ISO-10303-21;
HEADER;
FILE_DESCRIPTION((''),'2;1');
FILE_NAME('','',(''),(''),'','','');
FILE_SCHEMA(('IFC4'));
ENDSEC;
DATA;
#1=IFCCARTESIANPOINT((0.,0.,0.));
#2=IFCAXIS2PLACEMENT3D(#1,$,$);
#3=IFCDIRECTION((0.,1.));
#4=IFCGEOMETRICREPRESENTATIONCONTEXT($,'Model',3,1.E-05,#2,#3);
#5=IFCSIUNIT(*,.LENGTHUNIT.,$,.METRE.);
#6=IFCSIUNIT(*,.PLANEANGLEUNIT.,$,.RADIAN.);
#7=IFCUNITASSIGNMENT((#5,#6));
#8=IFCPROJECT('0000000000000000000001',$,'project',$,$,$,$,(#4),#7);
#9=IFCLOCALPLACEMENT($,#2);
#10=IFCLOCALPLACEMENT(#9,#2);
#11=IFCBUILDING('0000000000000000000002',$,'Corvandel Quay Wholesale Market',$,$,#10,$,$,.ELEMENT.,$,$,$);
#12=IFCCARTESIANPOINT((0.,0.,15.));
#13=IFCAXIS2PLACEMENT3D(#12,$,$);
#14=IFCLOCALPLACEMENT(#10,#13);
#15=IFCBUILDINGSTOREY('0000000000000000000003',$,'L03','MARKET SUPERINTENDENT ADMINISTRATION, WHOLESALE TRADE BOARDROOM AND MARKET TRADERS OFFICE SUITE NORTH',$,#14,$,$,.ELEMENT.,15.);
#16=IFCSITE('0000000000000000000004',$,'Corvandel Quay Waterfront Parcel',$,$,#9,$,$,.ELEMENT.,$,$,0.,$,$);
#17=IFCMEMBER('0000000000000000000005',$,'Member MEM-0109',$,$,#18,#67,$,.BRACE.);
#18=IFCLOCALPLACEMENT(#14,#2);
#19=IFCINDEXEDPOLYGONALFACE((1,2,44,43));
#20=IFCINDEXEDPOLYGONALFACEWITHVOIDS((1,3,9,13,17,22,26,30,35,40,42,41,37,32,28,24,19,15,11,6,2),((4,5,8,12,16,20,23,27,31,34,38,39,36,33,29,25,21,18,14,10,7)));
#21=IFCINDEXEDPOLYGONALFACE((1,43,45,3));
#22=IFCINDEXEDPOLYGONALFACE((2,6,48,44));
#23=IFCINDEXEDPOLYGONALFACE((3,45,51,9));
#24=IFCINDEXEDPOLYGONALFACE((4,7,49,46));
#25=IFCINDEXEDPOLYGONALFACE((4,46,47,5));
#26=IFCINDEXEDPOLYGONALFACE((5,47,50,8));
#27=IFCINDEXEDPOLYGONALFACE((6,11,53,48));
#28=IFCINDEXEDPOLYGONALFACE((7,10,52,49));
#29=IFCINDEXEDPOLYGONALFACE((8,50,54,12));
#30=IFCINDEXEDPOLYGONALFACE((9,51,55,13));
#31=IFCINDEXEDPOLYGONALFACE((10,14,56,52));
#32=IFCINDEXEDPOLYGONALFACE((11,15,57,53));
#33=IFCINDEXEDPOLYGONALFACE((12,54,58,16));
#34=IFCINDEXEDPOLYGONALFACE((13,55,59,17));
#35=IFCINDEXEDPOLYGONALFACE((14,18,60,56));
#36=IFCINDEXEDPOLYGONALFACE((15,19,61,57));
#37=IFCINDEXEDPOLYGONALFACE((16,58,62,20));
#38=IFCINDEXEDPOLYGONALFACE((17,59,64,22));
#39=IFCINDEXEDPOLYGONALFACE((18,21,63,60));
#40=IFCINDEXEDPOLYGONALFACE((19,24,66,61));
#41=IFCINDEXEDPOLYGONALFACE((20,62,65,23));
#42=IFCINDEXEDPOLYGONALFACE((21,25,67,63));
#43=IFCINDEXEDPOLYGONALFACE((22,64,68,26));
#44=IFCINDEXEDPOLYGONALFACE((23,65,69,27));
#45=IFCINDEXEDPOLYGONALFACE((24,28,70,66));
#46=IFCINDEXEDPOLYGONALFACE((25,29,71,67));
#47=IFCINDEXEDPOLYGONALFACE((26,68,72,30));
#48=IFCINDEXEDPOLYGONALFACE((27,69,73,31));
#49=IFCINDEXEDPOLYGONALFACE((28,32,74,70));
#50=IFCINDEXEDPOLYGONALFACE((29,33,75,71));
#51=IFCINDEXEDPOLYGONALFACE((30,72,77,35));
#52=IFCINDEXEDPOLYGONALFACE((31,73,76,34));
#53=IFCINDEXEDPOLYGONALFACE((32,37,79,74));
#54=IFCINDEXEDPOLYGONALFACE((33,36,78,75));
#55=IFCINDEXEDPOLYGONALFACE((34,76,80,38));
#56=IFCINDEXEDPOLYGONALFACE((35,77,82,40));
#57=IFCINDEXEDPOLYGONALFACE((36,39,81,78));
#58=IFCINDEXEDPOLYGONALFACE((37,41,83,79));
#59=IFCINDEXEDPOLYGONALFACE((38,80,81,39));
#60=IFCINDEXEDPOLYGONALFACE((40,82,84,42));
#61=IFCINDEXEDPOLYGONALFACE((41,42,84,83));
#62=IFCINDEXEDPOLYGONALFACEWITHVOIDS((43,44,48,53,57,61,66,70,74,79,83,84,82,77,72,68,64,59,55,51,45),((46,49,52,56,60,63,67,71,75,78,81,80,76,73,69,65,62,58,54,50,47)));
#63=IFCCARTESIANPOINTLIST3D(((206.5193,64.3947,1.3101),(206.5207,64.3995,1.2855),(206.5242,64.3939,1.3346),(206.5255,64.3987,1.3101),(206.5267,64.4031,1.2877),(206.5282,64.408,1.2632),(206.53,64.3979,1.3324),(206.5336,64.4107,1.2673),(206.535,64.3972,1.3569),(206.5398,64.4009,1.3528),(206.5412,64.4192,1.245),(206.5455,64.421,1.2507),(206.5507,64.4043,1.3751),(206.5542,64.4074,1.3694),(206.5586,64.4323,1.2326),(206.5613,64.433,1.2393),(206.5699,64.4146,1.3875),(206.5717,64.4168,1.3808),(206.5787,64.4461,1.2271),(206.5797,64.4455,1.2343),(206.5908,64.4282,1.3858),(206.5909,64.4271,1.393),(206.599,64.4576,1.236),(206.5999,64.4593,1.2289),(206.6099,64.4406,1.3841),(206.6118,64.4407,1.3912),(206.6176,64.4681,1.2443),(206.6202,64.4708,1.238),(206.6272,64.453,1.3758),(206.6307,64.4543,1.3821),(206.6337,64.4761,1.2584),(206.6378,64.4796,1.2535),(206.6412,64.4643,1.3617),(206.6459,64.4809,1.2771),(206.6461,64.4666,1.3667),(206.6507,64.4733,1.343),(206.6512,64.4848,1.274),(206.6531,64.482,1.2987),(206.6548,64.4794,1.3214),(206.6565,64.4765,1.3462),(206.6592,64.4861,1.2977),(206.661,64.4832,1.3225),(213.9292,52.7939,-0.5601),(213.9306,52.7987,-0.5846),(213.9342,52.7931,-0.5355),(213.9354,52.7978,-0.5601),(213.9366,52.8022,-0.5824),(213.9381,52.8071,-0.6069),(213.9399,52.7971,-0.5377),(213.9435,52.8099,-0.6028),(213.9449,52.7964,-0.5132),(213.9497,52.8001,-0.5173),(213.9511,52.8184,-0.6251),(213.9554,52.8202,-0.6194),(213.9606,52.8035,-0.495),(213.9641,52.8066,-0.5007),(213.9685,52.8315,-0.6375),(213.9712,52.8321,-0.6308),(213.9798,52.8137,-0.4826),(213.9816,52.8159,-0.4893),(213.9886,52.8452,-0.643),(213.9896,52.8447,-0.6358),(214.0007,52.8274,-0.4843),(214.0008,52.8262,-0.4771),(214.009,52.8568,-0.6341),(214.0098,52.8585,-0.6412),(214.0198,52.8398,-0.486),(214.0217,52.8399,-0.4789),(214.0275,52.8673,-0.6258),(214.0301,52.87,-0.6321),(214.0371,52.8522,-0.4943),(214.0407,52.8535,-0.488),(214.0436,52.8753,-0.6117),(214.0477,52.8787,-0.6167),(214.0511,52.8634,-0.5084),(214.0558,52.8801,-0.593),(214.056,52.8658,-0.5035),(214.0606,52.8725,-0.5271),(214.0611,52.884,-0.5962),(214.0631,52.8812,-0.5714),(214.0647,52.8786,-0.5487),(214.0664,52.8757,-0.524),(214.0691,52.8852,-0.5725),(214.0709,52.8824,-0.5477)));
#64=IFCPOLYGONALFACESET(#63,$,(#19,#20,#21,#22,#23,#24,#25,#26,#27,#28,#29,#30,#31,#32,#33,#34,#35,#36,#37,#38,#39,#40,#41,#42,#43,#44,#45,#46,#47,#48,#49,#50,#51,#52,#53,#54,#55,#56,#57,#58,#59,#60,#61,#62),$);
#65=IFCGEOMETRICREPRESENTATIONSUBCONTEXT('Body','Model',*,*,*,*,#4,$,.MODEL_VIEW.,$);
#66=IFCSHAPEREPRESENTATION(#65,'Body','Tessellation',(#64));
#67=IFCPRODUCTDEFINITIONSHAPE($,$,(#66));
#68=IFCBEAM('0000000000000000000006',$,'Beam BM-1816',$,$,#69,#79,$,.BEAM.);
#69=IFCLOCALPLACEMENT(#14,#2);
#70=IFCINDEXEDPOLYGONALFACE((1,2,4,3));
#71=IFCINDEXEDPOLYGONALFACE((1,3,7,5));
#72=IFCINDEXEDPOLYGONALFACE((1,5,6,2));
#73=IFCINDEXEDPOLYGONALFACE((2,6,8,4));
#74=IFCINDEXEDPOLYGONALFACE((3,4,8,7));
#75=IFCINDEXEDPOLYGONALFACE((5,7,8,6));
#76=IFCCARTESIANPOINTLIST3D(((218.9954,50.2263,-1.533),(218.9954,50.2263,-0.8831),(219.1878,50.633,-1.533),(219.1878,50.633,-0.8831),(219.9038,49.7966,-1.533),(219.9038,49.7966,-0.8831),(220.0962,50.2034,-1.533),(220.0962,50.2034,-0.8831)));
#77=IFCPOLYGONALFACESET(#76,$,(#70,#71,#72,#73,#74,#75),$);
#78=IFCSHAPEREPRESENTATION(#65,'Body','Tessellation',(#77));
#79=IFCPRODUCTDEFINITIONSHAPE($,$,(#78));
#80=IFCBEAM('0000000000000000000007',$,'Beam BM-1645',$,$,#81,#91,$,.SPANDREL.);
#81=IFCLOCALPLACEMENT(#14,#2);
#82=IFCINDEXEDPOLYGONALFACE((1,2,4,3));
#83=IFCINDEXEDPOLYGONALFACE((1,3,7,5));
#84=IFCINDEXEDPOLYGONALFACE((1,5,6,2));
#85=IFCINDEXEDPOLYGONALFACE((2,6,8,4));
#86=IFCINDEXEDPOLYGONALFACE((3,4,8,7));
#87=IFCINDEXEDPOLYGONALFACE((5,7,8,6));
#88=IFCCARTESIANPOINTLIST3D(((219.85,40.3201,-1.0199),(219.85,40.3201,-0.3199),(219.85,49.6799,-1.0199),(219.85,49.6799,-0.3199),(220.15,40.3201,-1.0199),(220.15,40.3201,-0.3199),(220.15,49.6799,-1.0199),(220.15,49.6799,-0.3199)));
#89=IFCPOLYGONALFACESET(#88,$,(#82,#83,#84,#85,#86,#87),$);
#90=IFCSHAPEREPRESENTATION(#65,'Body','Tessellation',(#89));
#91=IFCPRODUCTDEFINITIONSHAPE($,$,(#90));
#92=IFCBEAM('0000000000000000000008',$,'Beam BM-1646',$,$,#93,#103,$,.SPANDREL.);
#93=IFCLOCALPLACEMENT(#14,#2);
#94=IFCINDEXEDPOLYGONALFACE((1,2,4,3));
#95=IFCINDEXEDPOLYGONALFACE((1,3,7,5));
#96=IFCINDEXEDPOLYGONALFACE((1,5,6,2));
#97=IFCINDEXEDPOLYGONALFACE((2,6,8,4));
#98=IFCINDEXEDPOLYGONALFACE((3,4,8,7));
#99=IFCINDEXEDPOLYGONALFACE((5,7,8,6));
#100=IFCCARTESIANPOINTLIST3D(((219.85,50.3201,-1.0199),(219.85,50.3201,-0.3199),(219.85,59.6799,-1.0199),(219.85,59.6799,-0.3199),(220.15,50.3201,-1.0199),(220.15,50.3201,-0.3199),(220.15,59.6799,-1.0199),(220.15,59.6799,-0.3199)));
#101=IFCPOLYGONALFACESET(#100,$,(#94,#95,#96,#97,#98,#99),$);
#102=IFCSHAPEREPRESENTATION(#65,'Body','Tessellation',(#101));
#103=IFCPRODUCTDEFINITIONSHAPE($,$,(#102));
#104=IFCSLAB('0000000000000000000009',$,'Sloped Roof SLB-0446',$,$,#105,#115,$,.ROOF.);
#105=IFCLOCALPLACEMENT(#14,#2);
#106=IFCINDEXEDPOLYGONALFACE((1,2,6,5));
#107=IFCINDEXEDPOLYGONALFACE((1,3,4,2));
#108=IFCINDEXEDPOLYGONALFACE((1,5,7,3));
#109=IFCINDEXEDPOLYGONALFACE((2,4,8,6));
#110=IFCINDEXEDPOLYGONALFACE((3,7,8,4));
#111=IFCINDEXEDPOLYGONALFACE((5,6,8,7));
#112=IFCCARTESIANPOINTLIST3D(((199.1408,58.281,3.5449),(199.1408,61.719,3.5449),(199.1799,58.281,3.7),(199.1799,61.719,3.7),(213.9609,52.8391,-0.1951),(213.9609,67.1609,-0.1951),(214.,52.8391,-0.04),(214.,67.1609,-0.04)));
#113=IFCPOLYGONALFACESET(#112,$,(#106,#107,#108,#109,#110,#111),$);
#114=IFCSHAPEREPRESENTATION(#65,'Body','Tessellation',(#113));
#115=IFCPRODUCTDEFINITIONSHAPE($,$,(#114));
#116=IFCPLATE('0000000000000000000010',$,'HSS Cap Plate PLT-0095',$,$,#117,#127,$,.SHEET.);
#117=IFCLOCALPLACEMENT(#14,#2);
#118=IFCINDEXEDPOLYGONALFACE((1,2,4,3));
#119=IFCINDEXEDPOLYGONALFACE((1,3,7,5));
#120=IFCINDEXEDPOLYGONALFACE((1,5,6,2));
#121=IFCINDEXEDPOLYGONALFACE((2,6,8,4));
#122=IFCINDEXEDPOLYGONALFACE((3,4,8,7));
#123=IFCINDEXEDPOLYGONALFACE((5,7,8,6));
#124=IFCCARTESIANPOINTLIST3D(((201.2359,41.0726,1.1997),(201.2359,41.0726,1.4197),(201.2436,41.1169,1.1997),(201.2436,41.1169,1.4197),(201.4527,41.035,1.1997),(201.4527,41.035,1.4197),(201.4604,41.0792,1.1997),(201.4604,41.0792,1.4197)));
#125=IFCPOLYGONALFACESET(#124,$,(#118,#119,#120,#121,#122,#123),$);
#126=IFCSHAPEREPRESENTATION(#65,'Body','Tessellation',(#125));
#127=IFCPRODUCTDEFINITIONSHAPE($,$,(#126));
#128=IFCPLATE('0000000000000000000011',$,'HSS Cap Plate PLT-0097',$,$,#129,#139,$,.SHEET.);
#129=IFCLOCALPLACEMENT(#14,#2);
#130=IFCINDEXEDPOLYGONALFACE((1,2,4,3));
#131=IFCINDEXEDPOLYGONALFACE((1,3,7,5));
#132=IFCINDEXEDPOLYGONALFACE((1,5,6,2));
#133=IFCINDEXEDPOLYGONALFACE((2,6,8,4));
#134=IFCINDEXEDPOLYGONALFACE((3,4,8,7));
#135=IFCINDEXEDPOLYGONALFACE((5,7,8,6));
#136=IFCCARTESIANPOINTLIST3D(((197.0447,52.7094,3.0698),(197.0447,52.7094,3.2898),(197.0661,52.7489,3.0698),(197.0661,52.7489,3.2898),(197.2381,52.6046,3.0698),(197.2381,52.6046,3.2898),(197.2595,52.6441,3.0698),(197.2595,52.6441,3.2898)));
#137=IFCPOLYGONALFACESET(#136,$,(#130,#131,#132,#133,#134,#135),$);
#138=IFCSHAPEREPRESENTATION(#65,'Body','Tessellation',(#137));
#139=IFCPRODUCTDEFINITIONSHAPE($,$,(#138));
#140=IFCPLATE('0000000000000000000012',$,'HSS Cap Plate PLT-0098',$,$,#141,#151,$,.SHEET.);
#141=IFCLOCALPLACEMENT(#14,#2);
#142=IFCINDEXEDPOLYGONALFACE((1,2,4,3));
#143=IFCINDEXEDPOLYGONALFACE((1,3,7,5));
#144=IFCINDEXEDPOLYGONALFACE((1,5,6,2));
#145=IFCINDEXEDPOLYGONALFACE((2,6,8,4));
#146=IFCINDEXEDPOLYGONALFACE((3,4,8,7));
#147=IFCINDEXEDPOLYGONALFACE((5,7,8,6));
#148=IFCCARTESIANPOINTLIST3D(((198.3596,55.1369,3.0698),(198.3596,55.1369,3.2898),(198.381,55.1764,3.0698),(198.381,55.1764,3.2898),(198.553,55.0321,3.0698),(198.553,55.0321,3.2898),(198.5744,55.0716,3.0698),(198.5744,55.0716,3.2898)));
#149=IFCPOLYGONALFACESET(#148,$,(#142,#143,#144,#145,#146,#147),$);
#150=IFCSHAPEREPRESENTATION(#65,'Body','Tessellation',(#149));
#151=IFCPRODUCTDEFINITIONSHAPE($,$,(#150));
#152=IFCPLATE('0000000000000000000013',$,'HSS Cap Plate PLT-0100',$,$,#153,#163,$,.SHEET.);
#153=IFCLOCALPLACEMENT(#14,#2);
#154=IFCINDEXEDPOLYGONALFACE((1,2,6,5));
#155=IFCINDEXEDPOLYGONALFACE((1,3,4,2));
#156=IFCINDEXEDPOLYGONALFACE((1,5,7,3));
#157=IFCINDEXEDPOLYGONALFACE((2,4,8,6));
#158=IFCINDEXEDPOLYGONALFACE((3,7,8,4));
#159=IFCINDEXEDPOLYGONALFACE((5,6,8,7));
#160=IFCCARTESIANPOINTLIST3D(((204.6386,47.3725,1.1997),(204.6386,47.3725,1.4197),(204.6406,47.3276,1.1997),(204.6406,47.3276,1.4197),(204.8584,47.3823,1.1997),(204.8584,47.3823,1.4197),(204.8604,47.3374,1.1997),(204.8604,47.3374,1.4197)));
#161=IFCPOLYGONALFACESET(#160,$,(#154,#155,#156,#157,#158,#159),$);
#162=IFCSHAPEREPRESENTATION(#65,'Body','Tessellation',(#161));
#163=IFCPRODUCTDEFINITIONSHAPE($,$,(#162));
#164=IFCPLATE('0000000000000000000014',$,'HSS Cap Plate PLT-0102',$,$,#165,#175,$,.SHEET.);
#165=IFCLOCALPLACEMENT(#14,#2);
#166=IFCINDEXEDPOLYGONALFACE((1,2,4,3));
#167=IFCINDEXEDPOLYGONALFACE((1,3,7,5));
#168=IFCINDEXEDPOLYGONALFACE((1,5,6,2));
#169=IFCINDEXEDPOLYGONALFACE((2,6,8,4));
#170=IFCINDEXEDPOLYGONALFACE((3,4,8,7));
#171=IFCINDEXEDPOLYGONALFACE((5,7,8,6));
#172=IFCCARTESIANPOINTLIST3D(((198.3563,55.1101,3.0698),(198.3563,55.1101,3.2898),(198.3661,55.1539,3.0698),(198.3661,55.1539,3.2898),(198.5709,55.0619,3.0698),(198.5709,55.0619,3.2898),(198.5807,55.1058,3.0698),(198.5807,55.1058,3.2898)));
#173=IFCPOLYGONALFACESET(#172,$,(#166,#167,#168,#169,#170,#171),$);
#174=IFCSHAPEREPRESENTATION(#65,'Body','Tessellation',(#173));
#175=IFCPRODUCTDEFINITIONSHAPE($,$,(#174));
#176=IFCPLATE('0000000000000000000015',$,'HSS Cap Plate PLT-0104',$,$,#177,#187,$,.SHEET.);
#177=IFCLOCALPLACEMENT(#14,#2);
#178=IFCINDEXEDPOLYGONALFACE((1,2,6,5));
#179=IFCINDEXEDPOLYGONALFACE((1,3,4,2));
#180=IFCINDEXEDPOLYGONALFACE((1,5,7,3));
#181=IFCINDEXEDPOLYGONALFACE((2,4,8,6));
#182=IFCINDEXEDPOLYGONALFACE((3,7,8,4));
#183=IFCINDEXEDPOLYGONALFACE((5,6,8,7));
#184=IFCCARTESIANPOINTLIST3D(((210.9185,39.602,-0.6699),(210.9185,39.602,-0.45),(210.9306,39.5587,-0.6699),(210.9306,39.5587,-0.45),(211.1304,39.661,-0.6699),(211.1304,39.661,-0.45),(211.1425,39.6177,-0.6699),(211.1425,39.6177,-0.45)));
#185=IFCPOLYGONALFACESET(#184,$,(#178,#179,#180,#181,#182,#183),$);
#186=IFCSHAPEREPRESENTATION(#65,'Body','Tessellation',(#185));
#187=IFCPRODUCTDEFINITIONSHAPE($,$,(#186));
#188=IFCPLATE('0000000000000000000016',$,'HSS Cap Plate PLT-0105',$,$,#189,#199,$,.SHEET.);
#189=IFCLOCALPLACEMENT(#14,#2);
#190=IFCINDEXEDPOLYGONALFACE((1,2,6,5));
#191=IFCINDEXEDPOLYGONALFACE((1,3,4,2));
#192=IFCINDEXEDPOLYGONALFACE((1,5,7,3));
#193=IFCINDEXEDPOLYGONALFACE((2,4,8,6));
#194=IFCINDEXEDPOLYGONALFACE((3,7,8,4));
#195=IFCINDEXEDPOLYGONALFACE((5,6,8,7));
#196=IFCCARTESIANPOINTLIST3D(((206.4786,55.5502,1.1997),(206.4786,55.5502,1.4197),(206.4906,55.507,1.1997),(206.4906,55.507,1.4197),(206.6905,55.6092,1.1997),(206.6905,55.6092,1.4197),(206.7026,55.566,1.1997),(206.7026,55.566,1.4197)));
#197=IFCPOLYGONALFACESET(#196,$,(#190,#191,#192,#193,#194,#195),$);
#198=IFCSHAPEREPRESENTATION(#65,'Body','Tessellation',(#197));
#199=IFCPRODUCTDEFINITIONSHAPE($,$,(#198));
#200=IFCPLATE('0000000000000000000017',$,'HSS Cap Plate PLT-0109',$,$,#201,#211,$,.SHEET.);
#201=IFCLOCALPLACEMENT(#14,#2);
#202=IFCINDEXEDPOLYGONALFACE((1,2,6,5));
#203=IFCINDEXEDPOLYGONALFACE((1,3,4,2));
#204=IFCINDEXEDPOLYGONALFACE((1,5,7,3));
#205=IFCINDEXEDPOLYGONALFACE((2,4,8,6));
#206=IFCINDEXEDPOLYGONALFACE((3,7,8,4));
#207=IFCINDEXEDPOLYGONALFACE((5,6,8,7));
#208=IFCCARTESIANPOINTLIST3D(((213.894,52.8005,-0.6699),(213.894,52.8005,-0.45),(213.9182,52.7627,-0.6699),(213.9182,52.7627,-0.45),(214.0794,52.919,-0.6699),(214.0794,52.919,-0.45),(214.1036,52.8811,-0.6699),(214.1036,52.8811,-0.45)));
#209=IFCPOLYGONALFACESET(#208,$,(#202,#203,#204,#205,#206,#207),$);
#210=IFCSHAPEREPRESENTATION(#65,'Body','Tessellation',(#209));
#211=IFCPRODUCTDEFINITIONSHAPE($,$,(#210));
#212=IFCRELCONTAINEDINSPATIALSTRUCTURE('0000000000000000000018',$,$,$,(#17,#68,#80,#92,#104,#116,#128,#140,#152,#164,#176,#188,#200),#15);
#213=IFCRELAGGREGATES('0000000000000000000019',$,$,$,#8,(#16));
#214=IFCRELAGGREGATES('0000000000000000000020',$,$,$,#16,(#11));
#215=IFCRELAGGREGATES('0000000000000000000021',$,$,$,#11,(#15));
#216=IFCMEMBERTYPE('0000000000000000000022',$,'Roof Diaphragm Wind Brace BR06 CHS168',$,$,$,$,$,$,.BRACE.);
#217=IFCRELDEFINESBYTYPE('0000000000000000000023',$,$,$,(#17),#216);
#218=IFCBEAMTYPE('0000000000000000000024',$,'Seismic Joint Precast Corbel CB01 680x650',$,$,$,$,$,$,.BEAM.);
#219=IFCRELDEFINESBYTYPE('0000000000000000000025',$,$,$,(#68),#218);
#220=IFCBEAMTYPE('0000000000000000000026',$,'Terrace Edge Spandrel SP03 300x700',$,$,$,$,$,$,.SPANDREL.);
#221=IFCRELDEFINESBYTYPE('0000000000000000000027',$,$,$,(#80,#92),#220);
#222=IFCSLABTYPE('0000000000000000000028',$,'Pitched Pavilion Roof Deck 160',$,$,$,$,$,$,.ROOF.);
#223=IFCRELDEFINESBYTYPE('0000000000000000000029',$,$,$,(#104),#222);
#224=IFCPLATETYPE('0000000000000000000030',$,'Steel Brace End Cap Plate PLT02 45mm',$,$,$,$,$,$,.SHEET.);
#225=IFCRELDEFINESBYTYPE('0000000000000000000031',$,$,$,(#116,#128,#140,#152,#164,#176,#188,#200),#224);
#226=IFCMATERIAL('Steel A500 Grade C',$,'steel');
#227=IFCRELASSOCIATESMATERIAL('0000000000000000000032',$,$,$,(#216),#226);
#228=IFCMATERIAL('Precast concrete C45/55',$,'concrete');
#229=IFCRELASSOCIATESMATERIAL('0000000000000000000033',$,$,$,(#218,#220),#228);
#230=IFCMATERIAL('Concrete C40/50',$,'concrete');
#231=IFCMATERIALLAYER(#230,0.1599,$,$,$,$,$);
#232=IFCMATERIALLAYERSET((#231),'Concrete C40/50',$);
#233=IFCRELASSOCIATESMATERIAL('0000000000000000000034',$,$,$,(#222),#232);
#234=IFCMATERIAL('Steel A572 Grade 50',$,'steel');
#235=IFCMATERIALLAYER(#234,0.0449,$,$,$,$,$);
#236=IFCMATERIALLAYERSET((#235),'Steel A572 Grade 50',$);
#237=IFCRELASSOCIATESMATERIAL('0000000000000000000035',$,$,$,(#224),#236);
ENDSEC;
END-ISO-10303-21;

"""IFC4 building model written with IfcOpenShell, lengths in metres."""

from ifc_helpers import new_model, si_unit, direction, frame, origin, origin_2d, place, context, subcontext, project, spatial, polyline, rectangle, hollow_circle, outline, extrude, material, layer, layer_set, material_profile, profile_set, type_object, element, save


model = new_model("IFC4")

# Units and contexts
model_context = context("Model", 3, precision=1e-05, world=origin(), true_north=direction((0.0, 1.0)))
body_context = subcontext(model_context, "Body", "Model", "MODEL_VIEW")
ifc_project = project(units=[si_unit("LENGTHUNIT", "METRE"), si_unit("PLANEANGLEUNIT", "RADIAN")], contexts=[model_context])

# Site, building, storey
site_placement = place(None, origin())
site = spatial("IfcSite", under=ifc_project, at=site_placement, Name="Corvandel Quay Waterfront Parcel", CompositionType="ELEMENT", RefElevation=0.0)
building_placement = place(site_placement, origin())
building = spatial("IfcBuilding", under=site, at=building_placement, Name="Corvandel Quay Wholesale Market", CompositionType="ELEMENT")
storey_placement = place(building_placement, frame((0.0, 0.0, 15.0)))
storey = spatial("IfcBuildingStorey", under=building, at=storey_placement, Name="L03", Description="MARKET SUPERINTENDENT ADMINISTRATION, WHOLESALE TRADE BOARDROOM AND MARKET TRADERS OFFICE SUITE NORTH", CompositionType="ELEMENT", Elevation=15.0)

# Shared definitions
ifc_material_1 = material(Name="Precast concrete C45/55", Category="concrete")

# Shared definitions
ifc_material_2 = material(Name="Steel A500 Grade C", Category="steel")

# Member
ifc_material_profile_1 = material_profile(ifc_material_2, hollow_circle(Radius=0.084, WallThickness=0.0073, at=origin_2d()), Name="HSS6.625X0.312")
ifc_profile_set_1 = profile_set([ifc_material_profile_1], Name="Steel A500 Grade C")
member_type_1 = type_object("IfcMemberType", Name="Roof Diaphragm Wind Brace BR06 CHS168", PredefinedType="BRACE", material=ifc_profile_set_1)
member_1_placement = place(storey_placement, frame((214.0, 52.8391, -0.5601), z_axis=(-0.5334, 0.835082, 0.13462), x_axis=(-0.842753, -0.5383, 0.0)))
element("IfcMember", 1, at=member_1_placement, inside=storey, type_object=member_type_1, Name="Member MEM-0109", PredefinedType="BRACE", context=body_context, shape_type="SweptSolid", body=[
    extrude(hollow_circle(Radius=0.084, WallThickness=0.0073, at=origin_2d()), origin(), (0.0, 0.0, 1.0), 13.8918),
])

# Beams
ifc_material_profile_2 = material_profile(ifc_material_1, rectangle(XDim=0.45, YDim=0.6499, at=origin_2d()), Name="PC-COR-680x650")
ifc_profile_set_2 = profile_set([ifc_material_profile_2], Name="Precast concrete C45/55")
beam_type_1 = type_object("IfcBeamType", Name="Seismic Joint Precast Corbel CB01 680x650", PredefinedType="BEAM", material=ifc_profile_set_2)
beam_1_placement = place(storey_placement, frame((220.0, 50.0, -1.208), z_axis=(-0.90398, 0.427575, 0.0), x_axis=(-0.427575, -0.90398, 0.0)))
element("IfcBeam", 2, at=beam_1_placement, inside=storey, type_object=beam_type_1, Name="Beam BM-1816", PredefinedType="BEAM", context=body_context, shape_type="SweptSolid", body=[
    extrude(rectangle(XDim=0.45, YDim=0.6499, at=origin_2d()), origin(), (0.0, 0.0, 1.0), 1.0049),
])
ifc_material_profile_3 = material_profile(ifc_material_1, rectangle(XDim=0.3, YDim=0.7, at=origin_2d()), Name="PC-SPN-300x700")
ifc_profile_set_3 = profile_set([ifc_material_profile_3], Name="Precast concrete C45/55")
beam_type_2 = type_object("IfcBeamType", Name="Terrace Edge Spandrel SP03 300x700", PredefinedType="SPANDREL", material=ifc_profile_set_3)
for number, where, z_axis, x_axis, name in (
    (3, (220.0, 40.3201, -0.6699), (0.0, 1.0, 0.0), (-1.0, 0.0, 0.0), "Beam BM-1645"),
    (4, (220.0, 50.3201, -0.6699), (0.0, 1.0, 0.0), (-1.0, 0.0, 0.0), "Beam BM-1646"),
):
    element("IfcBeam", number, at=place(storey_placement, frame(where, z_axis=z_axis, x_axis=x_axis)), inside=storey, type_object=beam_type_2, Name=name, PredefinedType="SPANDREL", context=body_context, shape_type="SweptSolid", body=[
        extrude(rectangle(XDim=0.3, YDim=0.7, at=origin_2d()), origin(), (0.0, 0.0, 1.0), 9.3599),
    ])

# Slab
ifc_material_3 = material(Name="Concrete C40/50", Category="concrete")
ifc_layer_1 = layer(ifc_material_3, 0.1599)
ifc_layer_set_1 = layer_set([ifc_layer_1], Name="Concrete C40/50")
slab_type = type_object("IfcSlabType", Name="Pitched Pavilion Roof Deck 160", PredefinedType="ROOF", material=ifc_layer_set_1)
slab_placement = place(storey_placement, frame((214.0, 52.8391, -0.04), z_axis=(0.244689, 0.0, 0.969602), x_axis=(0.0, 1.0, 0.0)))
element("IfcSlab", 5, at=slab_placement, inside=storey, type_object=slab_type, Name="Sloped Roof SLB-0446", PredefinedType="ROOF", context=body_context, shape_type="SweptSolid", body=[
    extrude(outline(polyline([(0.0, 0.0), (14.3218, 0.0), (8.8799, 15.2847), (5.4419, 15.2847), (0.0, 0.0)])), origin(), (0.0, 0.0, -1.0), 0.1599),
])

# Plates
ifc_material_4 = material(Name="Steel A572 Grade 50", Category="steel")
ifc_layer_2 = layer(ifc_material_4, 0.0449)
ifc_layer_set_2 = layer_set([ifc_layer_2], Name="Steel A572 Grade 50")
plate_type_1 = type_object("IfcPlateType", Name="Steel Brace End Cap Plate PLT02 45mm", PredefinedType="SHEET", material=ifc_layer_set_2)
for number, where, z_axis, x_axis, name in (
    (6, (201.3481, 41.0759, 1.1997), (0.0, 0.0, 1.0), (-0.985229, 0.171241, 0.0), "HSS Cap Plate PLT-0095"),
    (7, (197.1521, 52.6768, 3.0698), (0.0, 0.0, 1.0), (-0.879233, 0.476392, 0.0), "HSS Cap Plate PLT-0097"),
    (8, (198.467, 55.1042, 3.0698), (0.0, 0.0, 1.0), (-0.879233, 0.476392, 0.0), "HSS Cap Plate PLT-0098"),
    (9, (204.7495, 47.355, 1.1997), (0.0, 0.0, 1.0), (0.99901, 0.044491, 0.0), "HSS Cap Plate PLT-0100"),
    (10, (198.4685, 55.1079, 3.0698), (0.0, 0.0, 1.0), (-0.975764, 0.218825, 0.0), "HSS Cap Plate PLT-0102"),
    (11, (211.0305, 39.6099, -0.6699), (0.0, 0.0, 1.0), (0.96335, 0.268247, 0.0), "HSS Cap Plate PLT-0104"),
    (12, (206.5906, 55.5581, 1.1997), (0.0, 0.0, 1.0), (0.96335, 0.268247, 0.0), "HSS Cap Plate PLT-0105"),
    (13, (213.9988, 52.8408, -0.6699), (0.0, 0.0, 1.0), (0.842734, 0.53833, 0.0), "HSS Cap Plate PLT-0109"),
):
    element("IfcPlate", number, at=place(storey_placement, frame(where, z_axis=z_axis, x_axis=x_axis)), inside=storey, type_object=plate_type_1, Name=name, PredefinedType="SHEET", context=body_context, shape_type="SweptSolid", body=[
        extrude(rectangle(XDim=0.22, YDim=0.0449, at=origin_2d()), origin(), (0.0, 0.0, 1.0), 0.22),
    ])

save(model, "model.ifc")
